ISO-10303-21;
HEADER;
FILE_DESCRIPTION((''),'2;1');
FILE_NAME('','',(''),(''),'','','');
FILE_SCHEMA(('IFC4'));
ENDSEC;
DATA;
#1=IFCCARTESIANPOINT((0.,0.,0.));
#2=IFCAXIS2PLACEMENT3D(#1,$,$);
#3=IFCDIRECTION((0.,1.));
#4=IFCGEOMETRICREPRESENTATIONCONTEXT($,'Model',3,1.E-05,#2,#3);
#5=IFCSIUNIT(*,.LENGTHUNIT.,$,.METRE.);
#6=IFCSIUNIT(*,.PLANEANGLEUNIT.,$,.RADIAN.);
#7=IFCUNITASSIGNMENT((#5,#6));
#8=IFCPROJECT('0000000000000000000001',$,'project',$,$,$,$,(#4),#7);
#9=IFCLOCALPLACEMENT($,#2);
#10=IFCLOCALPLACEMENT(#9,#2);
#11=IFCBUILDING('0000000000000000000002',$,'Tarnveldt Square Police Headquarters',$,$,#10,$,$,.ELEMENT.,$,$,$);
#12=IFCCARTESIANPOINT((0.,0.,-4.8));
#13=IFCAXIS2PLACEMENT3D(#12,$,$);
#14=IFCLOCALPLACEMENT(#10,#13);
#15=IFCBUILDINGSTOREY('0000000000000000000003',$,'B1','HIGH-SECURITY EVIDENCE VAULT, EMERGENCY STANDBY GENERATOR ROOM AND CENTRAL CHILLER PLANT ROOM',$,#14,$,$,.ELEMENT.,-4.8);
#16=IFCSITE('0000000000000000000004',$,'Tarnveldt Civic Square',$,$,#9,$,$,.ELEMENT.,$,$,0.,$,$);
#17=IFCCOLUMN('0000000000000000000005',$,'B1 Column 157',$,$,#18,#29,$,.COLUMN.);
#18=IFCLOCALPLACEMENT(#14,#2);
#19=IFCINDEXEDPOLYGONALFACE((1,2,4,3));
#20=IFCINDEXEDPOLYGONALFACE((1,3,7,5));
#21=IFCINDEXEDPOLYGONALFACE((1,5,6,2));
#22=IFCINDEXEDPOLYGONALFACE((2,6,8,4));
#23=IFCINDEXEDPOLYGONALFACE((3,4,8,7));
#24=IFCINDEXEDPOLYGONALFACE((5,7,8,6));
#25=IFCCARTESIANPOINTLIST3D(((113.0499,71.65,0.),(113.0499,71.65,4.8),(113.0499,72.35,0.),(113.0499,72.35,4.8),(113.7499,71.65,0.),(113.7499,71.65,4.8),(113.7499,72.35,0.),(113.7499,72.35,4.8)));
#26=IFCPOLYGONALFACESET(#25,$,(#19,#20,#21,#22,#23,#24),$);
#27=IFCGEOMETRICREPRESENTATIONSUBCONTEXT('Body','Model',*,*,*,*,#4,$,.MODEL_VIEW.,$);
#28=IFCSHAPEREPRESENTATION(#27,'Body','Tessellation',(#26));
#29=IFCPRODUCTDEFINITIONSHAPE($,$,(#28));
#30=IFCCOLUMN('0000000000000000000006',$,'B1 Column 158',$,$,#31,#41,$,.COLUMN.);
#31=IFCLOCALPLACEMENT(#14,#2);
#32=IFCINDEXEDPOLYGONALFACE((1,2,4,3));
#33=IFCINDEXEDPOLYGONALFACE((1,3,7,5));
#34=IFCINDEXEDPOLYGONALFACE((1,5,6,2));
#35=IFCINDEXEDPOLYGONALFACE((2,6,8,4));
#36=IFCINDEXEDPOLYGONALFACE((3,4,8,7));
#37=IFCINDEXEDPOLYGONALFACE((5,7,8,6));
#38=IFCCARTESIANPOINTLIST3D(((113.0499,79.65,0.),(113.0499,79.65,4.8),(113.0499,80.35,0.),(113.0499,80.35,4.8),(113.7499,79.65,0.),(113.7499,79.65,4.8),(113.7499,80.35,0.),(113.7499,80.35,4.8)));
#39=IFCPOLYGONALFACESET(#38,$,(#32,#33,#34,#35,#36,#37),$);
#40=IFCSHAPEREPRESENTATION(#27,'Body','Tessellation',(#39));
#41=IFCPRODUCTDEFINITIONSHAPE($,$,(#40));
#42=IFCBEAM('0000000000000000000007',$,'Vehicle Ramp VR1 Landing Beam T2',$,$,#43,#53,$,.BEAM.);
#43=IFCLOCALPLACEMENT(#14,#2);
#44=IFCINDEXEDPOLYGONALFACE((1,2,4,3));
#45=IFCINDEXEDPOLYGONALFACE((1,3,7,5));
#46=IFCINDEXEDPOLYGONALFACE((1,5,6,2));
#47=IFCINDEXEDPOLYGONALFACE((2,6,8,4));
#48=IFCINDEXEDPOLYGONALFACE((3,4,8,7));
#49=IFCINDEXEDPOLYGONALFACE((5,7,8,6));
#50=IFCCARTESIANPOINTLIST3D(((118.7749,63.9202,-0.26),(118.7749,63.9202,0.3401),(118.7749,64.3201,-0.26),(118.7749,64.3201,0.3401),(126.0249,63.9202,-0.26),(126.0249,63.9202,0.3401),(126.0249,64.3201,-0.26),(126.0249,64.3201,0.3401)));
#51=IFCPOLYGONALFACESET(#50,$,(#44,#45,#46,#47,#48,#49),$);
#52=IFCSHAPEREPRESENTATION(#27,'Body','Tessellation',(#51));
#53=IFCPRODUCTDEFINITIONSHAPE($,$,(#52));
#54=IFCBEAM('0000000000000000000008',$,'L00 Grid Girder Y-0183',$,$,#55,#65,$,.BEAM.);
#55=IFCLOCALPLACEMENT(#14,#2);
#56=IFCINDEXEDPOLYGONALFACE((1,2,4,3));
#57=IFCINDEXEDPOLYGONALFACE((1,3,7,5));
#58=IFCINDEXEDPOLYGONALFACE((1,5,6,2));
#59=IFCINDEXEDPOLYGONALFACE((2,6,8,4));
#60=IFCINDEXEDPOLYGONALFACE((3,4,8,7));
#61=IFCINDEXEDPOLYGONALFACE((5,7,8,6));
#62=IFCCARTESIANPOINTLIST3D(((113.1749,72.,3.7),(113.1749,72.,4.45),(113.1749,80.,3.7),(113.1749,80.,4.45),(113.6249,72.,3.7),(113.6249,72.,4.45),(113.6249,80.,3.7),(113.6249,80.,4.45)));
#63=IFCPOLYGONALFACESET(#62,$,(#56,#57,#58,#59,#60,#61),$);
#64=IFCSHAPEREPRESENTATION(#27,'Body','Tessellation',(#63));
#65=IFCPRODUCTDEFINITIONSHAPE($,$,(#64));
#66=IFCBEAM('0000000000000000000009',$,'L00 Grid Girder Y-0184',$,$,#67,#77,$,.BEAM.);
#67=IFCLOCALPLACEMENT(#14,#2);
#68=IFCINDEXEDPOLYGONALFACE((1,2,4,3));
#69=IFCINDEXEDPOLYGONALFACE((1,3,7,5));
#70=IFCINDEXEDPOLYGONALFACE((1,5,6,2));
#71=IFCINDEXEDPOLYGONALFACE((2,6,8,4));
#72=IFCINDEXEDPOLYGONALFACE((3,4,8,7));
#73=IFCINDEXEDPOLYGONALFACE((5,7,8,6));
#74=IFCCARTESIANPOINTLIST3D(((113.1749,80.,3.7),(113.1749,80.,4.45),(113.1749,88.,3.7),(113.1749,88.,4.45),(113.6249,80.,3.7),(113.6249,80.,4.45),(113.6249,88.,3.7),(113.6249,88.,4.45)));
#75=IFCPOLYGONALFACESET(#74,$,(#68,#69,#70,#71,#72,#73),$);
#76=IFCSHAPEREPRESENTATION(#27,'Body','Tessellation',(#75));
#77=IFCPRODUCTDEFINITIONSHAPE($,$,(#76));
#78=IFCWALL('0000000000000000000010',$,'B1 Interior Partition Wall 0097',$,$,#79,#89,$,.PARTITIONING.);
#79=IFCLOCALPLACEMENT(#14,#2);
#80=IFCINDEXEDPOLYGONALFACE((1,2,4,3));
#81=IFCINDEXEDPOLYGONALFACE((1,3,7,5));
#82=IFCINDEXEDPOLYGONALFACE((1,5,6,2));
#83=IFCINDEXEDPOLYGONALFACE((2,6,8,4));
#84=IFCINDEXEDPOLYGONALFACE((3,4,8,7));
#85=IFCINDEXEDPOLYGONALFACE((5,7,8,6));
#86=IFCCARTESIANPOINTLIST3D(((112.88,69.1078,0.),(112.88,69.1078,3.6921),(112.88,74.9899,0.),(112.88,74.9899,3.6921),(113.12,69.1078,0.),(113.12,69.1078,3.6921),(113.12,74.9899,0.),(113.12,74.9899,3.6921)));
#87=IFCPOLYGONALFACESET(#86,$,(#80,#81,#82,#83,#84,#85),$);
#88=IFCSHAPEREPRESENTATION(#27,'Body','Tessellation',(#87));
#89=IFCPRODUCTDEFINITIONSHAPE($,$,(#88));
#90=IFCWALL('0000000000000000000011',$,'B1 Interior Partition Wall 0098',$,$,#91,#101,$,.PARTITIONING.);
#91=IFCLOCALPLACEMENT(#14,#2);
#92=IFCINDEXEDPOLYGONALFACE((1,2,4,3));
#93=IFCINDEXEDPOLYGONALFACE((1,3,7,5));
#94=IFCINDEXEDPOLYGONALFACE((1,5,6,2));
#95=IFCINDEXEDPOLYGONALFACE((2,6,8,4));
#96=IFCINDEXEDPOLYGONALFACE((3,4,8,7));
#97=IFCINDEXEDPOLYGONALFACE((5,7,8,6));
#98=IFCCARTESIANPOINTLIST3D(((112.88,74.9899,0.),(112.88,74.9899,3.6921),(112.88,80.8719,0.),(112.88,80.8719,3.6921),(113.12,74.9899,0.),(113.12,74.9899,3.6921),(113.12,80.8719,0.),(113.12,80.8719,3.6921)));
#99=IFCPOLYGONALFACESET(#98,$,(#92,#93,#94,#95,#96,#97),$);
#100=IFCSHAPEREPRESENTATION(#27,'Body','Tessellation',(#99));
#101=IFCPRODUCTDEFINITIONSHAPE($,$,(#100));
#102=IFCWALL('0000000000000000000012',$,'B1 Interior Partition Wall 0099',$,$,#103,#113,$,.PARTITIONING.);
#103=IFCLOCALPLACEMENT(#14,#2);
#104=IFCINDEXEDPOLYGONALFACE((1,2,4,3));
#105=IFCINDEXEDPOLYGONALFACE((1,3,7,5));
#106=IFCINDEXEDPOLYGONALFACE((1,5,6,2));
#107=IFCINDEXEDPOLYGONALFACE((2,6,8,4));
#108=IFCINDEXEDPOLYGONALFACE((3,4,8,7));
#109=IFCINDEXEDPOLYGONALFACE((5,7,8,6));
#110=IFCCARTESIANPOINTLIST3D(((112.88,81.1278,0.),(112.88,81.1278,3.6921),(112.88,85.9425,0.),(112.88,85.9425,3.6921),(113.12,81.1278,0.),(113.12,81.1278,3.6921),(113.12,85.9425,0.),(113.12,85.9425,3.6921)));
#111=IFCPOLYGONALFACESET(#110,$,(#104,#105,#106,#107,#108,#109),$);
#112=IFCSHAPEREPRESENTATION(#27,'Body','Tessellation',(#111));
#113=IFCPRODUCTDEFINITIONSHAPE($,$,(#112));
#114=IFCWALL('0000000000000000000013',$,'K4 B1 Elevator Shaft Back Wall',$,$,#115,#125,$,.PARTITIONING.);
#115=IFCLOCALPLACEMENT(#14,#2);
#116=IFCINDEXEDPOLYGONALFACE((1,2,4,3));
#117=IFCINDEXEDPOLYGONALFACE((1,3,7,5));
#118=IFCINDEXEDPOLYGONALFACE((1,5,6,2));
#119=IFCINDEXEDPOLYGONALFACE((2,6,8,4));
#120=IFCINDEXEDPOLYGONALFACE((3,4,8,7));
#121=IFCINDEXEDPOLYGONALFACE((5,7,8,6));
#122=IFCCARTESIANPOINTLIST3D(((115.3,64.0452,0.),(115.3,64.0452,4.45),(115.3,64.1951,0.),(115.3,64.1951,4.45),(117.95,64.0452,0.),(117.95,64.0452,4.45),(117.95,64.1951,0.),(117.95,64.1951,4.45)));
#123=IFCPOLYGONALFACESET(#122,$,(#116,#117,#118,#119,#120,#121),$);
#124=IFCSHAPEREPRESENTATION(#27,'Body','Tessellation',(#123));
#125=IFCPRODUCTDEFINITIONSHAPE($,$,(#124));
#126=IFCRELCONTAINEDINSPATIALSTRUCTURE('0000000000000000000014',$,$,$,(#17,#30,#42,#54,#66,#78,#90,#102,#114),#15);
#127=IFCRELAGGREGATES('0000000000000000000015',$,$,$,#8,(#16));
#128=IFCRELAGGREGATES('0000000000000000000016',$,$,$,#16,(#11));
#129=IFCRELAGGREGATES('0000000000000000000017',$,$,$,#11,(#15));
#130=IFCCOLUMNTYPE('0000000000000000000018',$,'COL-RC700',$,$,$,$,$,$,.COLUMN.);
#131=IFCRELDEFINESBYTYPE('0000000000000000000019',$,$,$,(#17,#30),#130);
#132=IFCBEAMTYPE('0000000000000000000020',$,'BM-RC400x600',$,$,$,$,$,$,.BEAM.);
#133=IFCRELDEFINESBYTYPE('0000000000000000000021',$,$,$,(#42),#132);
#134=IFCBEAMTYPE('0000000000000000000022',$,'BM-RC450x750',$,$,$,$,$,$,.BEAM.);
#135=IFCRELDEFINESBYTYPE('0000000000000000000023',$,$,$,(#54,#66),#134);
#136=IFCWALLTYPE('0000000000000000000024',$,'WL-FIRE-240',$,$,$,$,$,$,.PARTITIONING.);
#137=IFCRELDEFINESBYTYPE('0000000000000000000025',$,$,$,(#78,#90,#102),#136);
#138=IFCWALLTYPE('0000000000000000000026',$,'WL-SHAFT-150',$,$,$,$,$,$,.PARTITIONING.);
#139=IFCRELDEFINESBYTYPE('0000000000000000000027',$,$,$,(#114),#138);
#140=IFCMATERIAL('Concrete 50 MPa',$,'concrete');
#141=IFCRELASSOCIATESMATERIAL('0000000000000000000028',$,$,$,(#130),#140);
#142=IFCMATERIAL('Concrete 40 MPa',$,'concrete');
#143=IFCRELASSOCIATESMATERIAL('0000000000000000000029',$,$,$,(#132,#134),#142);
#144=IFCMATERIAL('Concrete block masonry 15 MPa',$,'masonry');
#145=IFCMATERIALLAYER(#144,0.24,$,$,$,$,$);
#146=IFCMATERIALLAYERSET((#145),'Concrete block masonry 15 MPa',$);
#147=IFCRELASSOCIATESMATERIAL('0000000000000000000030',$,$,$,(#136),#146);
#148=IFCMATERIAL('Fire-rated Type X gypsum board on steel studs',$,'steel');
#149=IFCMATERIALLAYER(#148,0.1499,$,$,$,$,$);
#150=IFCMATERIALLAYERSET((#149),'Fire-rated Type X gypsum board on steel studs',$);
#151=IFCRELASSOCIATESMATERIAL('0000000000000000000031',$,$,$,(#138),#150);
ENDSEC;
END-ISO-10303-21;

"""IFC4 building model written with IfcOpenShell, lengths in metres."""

from ifc_helpers import new_model, si_unit, direction, frame, frame_2d, origin, origin_2d, place, context, subcontext, project, spatial, rectangle, extrude, material, layer, layer_set, material_profile, profile_set, type_object, element, save


model = new_model("IFC4")

# Units and contexts
model_context = context("Model", 3, precision=1e-05, world=origin(), true_north=direction((0.0, 1.0)))
body_context = subcontext(model_context, "Body", "Model", "MODEL_VIEW")
ifc_project = project(units=[si_unit("LENGTHUNIT", "METRE"), si_unit("PLANEANGLEUNIT", "RADIAN")], contexts=[model_context])

# Site, building, storey
site_placement = place(None, origin())
site = spatial("IfcSite", under=ifc_project, at=site_placement, Name="Tarnveldt Civic Square", CompositionType="ELEMENT", RefElevation=0.0)
building_placement = place(site_placement, origin())
building = spatial("IfcBuilding", under=site, at=building_placement, Name="Tarnveldt Square Police Headquarters", CompositionType="ELEMENT")
storey_placement = place(building_placement, frame((0.0, 0.0, -4.8)))
storey = spatial("IfcBuildingStorey", under=building, at=storey_placement, Name="B1", Description="HIGH-SECURITY EVIDENCE VAULT, EMERGENCY STANDBY GENERATOR ROOM AND CENTRAL CHILLER PLANT ROOM", CompositionType="ELEMENT", Elevation=-4.8)

# Columns
ifc_material_1 = material(Name="Concrete 50 MPa", Category="concrete")
ifc_material_profile_1 = material_profile(ifc_material_1, rectangle(XDim=0.7, YDim=0.7, at=origin_2d()), Name="RC-C700x700")
ifc_profile_set_1 = profile_set([ifc_material_profile_1], Name="Concrete 50 MPa")
column_type = type_object("IfcColumnType", Name="COL-RC700", PredefinedType="COLUMN", material=ifc_profile_set_1)
for number, where, z_axis, x_axis, name in (
    (1, (113.3999, 72.0, 0.0), (0.0, 0.0, 1.0), (1.0, 0.0, 0.0), "B1 Column 157"),
    (2, (113.3999, 80.0, 0.0), (0.0, 0.0, 1.0), (1.0, 0.0, 0.0), "B1 Column 158"),
):
    element("IfcColumn", number, at=place(storey_placement, frame(where, z_axis=z_axis, x_axis=x_axis)), inside=storey, type_object=column_type, Name=name, PredefinedType="COLUMN", context=body_context, shape_type="SweptSolid", body=[
        extrude(rectangle(XDim=0.7, YDim=0.7, at=origin_2d()), origin(), (0.0, 0.0, 1.0), 4.8),
    ])

# Beams
ifc_material_2 = material(Name="Concrete 40 MPa", Category="concrete")
ifc_material_profile_2 = material_profile(ifc_material_2, rectangle(XDim=0.3999, YDim=0.6001, at=origin_2d()), Name="RC-B400x600")
ifc_profile_set_2 = profile_set([ifc_material_profile_2], Name="Concrete 40 MPa")
beam_type_1 = type_object("IfcBeamType", Name="BM-RC400x600", PredefinedType="BEAM", material=ifc_profile_set_2)
beam_placement = place(storey_placement, frame((118.7749, 64.1201, 0.04), z_axis=(1.0, 0.0, 0.0), x_axis=(0.0, 1.0, 0.0)))
element("IfcBeam", 3, at=beam_placement, inside=storey, type_object=beam_type_1, Name="Vehicle Ramp VR1 Landing Beam T2", PredefinedType="BEAM", context=body_context, shape_type="SweptSolid", body=[
    extrude(rectangle(XDim=0.3999, YDim=0.6001, at=origin_2d()), origin(), (0.0, 0.0, 1.0), 7.25),
])
ifc_material_profile_3 = material_profile(ifc_material_2, rectangle(XDim=0.45, YDim=0.75, at=origin_2d()), Name="RC-B450x750")
ifc_profile_set_3 = profile_set([ifc_material_profile_3], Name="Concrete 40 MPa")
beam_type_2 = type_object("IfcBeamType", Name="BM-RC450x750", PredefinedType="BEAM", material=ifc_profile_set_3)
for number, where, z_axis, x_axis, name in (
    (4, (113.3999, 72.0, 4.075), (0.0, 1.0, 0.0), (-1.0, 0.0, 0.0), "L00 Grid Girder Y-0183"),
    (5, (113.3999, 80.0, 4.075), (0.0, 1.0, 0.0), (-1.0, 0.0, 0.0), "L00 Grid Girder Y-0184"),
):
    element("IfcBeam", number, at=place(storey_placement, frame(where, z_axis=z_axis, x_axis=x_axis)), inside=storey, type_object=beam_type_2, Name=name, PredefinedType="BEAM", context=body_context, shape_type="SweptSolid", body=[
        extrude(rectangle(XDim=0.45, YDim=0.75, at=origin_2d()), origin(), (0.0, 0.0, 1.0), 8.0),
    ])

# Walls
ifc_material_3 = material(Name="Concrete block masonry 15 MPa", Category="masonry")
ifc_layer_1 = layer(ifc_material_3, 0.24)
ifc_layer_set_1 = layer_set([ifc_layer_1], Name="Concrete block masonry 15 MPa")
wall_type_1 = type_object("IfcWallType", Name="WL-FIRE-240", PredefinedType="PARTITIONING", material=ifc_layer_set_1)
for number, where, z_axis, x_axis, name in (
    (6, (113.0, 69.1079, 0.0), (0.0, 0.0, 1.0), (0.0, 1.0, 0.0), "B1 Interior Partition Wall 0097"),
    (7, (113.0, 74.99, 0.0), (0.0, 0.0, 1.0), (0.0, 1.0, 0.0), "B1 Interior Partition Wall 0098"),
):
    element("IfcWall", number, at=place(storey_placement, frame(where, z_axis=z_axis, x_axis=x_axis)), inside=storey, type_object=wall_type_1, Name=name, PredefinedType="PARTITIONING", context=body_context, shape_type="SweptSolid", body=[
        extrude(rectangle(XDim=5.8821, YDim=0.24, at=frame_2d((2.9409, 0.0))), origin(), (0.0, 0.0, 1.0), 3.6921),
    ])
wall_1_placement = place(storey_placement, frame((113.0, 81.1279, 0.0), z_axis=(0.0, 0.0, 1.0), x_axis=(0.0, 1.0, 0.0)))
element("IfcWall", 8, at=wall_1_placement, inside=storey, type_object=wall_type_1, Name="B1 Interior Partition Wall 0099", PredefinedType="PARTITIONING", context=body_context, shape_type="SweptSolid", body=[
    extrude(rectangle(XDim=4.8147, YDim=0.24, at=frame_2d((2.4072, 0.0))), origin(), (0.0, 0.0, 1.0), 3.6921),
])
ifc_material_4 = material(Name="Fire-rated Type X gypsum board on steel studs", Category="steel")
ifc_layer_2 = layer(ifc_material_4, 0.1499)
ifc_layer_set_2 = layer_set([ifc_layer_2], Name="Fire-rated Type X gypsum board on steel studs")
wall_type_2 = type_object("IfcWallType", Name="WL-SHAFT-150", PredefinedType="PARTITIONING", material=ifc_layer_set_2)
wall_2_placement = place(storey_placement, frame((115.3, 64.1201, 0.0), z_axis=(0.0, 0.0, 1.0), x_axis=(1.0, 0.0, 0.0)))
element("IfcWall", 9, at=wall_2_placement, inside=storey, type_object=wall_type_2, Name="K4 B1 Elevator Shaft Back Wall", PredefinedType="PARTITIONING", context=body_context, shape_type="SweptSolid", body=[
    extrude(rectangle(XDim=2.6499, YDim=0.1499, at=frame_2d((1.325, 0.0))), origin(), (0.0, 0.0, 1.0), 4.45),
])

save(model, "model.ifc")
